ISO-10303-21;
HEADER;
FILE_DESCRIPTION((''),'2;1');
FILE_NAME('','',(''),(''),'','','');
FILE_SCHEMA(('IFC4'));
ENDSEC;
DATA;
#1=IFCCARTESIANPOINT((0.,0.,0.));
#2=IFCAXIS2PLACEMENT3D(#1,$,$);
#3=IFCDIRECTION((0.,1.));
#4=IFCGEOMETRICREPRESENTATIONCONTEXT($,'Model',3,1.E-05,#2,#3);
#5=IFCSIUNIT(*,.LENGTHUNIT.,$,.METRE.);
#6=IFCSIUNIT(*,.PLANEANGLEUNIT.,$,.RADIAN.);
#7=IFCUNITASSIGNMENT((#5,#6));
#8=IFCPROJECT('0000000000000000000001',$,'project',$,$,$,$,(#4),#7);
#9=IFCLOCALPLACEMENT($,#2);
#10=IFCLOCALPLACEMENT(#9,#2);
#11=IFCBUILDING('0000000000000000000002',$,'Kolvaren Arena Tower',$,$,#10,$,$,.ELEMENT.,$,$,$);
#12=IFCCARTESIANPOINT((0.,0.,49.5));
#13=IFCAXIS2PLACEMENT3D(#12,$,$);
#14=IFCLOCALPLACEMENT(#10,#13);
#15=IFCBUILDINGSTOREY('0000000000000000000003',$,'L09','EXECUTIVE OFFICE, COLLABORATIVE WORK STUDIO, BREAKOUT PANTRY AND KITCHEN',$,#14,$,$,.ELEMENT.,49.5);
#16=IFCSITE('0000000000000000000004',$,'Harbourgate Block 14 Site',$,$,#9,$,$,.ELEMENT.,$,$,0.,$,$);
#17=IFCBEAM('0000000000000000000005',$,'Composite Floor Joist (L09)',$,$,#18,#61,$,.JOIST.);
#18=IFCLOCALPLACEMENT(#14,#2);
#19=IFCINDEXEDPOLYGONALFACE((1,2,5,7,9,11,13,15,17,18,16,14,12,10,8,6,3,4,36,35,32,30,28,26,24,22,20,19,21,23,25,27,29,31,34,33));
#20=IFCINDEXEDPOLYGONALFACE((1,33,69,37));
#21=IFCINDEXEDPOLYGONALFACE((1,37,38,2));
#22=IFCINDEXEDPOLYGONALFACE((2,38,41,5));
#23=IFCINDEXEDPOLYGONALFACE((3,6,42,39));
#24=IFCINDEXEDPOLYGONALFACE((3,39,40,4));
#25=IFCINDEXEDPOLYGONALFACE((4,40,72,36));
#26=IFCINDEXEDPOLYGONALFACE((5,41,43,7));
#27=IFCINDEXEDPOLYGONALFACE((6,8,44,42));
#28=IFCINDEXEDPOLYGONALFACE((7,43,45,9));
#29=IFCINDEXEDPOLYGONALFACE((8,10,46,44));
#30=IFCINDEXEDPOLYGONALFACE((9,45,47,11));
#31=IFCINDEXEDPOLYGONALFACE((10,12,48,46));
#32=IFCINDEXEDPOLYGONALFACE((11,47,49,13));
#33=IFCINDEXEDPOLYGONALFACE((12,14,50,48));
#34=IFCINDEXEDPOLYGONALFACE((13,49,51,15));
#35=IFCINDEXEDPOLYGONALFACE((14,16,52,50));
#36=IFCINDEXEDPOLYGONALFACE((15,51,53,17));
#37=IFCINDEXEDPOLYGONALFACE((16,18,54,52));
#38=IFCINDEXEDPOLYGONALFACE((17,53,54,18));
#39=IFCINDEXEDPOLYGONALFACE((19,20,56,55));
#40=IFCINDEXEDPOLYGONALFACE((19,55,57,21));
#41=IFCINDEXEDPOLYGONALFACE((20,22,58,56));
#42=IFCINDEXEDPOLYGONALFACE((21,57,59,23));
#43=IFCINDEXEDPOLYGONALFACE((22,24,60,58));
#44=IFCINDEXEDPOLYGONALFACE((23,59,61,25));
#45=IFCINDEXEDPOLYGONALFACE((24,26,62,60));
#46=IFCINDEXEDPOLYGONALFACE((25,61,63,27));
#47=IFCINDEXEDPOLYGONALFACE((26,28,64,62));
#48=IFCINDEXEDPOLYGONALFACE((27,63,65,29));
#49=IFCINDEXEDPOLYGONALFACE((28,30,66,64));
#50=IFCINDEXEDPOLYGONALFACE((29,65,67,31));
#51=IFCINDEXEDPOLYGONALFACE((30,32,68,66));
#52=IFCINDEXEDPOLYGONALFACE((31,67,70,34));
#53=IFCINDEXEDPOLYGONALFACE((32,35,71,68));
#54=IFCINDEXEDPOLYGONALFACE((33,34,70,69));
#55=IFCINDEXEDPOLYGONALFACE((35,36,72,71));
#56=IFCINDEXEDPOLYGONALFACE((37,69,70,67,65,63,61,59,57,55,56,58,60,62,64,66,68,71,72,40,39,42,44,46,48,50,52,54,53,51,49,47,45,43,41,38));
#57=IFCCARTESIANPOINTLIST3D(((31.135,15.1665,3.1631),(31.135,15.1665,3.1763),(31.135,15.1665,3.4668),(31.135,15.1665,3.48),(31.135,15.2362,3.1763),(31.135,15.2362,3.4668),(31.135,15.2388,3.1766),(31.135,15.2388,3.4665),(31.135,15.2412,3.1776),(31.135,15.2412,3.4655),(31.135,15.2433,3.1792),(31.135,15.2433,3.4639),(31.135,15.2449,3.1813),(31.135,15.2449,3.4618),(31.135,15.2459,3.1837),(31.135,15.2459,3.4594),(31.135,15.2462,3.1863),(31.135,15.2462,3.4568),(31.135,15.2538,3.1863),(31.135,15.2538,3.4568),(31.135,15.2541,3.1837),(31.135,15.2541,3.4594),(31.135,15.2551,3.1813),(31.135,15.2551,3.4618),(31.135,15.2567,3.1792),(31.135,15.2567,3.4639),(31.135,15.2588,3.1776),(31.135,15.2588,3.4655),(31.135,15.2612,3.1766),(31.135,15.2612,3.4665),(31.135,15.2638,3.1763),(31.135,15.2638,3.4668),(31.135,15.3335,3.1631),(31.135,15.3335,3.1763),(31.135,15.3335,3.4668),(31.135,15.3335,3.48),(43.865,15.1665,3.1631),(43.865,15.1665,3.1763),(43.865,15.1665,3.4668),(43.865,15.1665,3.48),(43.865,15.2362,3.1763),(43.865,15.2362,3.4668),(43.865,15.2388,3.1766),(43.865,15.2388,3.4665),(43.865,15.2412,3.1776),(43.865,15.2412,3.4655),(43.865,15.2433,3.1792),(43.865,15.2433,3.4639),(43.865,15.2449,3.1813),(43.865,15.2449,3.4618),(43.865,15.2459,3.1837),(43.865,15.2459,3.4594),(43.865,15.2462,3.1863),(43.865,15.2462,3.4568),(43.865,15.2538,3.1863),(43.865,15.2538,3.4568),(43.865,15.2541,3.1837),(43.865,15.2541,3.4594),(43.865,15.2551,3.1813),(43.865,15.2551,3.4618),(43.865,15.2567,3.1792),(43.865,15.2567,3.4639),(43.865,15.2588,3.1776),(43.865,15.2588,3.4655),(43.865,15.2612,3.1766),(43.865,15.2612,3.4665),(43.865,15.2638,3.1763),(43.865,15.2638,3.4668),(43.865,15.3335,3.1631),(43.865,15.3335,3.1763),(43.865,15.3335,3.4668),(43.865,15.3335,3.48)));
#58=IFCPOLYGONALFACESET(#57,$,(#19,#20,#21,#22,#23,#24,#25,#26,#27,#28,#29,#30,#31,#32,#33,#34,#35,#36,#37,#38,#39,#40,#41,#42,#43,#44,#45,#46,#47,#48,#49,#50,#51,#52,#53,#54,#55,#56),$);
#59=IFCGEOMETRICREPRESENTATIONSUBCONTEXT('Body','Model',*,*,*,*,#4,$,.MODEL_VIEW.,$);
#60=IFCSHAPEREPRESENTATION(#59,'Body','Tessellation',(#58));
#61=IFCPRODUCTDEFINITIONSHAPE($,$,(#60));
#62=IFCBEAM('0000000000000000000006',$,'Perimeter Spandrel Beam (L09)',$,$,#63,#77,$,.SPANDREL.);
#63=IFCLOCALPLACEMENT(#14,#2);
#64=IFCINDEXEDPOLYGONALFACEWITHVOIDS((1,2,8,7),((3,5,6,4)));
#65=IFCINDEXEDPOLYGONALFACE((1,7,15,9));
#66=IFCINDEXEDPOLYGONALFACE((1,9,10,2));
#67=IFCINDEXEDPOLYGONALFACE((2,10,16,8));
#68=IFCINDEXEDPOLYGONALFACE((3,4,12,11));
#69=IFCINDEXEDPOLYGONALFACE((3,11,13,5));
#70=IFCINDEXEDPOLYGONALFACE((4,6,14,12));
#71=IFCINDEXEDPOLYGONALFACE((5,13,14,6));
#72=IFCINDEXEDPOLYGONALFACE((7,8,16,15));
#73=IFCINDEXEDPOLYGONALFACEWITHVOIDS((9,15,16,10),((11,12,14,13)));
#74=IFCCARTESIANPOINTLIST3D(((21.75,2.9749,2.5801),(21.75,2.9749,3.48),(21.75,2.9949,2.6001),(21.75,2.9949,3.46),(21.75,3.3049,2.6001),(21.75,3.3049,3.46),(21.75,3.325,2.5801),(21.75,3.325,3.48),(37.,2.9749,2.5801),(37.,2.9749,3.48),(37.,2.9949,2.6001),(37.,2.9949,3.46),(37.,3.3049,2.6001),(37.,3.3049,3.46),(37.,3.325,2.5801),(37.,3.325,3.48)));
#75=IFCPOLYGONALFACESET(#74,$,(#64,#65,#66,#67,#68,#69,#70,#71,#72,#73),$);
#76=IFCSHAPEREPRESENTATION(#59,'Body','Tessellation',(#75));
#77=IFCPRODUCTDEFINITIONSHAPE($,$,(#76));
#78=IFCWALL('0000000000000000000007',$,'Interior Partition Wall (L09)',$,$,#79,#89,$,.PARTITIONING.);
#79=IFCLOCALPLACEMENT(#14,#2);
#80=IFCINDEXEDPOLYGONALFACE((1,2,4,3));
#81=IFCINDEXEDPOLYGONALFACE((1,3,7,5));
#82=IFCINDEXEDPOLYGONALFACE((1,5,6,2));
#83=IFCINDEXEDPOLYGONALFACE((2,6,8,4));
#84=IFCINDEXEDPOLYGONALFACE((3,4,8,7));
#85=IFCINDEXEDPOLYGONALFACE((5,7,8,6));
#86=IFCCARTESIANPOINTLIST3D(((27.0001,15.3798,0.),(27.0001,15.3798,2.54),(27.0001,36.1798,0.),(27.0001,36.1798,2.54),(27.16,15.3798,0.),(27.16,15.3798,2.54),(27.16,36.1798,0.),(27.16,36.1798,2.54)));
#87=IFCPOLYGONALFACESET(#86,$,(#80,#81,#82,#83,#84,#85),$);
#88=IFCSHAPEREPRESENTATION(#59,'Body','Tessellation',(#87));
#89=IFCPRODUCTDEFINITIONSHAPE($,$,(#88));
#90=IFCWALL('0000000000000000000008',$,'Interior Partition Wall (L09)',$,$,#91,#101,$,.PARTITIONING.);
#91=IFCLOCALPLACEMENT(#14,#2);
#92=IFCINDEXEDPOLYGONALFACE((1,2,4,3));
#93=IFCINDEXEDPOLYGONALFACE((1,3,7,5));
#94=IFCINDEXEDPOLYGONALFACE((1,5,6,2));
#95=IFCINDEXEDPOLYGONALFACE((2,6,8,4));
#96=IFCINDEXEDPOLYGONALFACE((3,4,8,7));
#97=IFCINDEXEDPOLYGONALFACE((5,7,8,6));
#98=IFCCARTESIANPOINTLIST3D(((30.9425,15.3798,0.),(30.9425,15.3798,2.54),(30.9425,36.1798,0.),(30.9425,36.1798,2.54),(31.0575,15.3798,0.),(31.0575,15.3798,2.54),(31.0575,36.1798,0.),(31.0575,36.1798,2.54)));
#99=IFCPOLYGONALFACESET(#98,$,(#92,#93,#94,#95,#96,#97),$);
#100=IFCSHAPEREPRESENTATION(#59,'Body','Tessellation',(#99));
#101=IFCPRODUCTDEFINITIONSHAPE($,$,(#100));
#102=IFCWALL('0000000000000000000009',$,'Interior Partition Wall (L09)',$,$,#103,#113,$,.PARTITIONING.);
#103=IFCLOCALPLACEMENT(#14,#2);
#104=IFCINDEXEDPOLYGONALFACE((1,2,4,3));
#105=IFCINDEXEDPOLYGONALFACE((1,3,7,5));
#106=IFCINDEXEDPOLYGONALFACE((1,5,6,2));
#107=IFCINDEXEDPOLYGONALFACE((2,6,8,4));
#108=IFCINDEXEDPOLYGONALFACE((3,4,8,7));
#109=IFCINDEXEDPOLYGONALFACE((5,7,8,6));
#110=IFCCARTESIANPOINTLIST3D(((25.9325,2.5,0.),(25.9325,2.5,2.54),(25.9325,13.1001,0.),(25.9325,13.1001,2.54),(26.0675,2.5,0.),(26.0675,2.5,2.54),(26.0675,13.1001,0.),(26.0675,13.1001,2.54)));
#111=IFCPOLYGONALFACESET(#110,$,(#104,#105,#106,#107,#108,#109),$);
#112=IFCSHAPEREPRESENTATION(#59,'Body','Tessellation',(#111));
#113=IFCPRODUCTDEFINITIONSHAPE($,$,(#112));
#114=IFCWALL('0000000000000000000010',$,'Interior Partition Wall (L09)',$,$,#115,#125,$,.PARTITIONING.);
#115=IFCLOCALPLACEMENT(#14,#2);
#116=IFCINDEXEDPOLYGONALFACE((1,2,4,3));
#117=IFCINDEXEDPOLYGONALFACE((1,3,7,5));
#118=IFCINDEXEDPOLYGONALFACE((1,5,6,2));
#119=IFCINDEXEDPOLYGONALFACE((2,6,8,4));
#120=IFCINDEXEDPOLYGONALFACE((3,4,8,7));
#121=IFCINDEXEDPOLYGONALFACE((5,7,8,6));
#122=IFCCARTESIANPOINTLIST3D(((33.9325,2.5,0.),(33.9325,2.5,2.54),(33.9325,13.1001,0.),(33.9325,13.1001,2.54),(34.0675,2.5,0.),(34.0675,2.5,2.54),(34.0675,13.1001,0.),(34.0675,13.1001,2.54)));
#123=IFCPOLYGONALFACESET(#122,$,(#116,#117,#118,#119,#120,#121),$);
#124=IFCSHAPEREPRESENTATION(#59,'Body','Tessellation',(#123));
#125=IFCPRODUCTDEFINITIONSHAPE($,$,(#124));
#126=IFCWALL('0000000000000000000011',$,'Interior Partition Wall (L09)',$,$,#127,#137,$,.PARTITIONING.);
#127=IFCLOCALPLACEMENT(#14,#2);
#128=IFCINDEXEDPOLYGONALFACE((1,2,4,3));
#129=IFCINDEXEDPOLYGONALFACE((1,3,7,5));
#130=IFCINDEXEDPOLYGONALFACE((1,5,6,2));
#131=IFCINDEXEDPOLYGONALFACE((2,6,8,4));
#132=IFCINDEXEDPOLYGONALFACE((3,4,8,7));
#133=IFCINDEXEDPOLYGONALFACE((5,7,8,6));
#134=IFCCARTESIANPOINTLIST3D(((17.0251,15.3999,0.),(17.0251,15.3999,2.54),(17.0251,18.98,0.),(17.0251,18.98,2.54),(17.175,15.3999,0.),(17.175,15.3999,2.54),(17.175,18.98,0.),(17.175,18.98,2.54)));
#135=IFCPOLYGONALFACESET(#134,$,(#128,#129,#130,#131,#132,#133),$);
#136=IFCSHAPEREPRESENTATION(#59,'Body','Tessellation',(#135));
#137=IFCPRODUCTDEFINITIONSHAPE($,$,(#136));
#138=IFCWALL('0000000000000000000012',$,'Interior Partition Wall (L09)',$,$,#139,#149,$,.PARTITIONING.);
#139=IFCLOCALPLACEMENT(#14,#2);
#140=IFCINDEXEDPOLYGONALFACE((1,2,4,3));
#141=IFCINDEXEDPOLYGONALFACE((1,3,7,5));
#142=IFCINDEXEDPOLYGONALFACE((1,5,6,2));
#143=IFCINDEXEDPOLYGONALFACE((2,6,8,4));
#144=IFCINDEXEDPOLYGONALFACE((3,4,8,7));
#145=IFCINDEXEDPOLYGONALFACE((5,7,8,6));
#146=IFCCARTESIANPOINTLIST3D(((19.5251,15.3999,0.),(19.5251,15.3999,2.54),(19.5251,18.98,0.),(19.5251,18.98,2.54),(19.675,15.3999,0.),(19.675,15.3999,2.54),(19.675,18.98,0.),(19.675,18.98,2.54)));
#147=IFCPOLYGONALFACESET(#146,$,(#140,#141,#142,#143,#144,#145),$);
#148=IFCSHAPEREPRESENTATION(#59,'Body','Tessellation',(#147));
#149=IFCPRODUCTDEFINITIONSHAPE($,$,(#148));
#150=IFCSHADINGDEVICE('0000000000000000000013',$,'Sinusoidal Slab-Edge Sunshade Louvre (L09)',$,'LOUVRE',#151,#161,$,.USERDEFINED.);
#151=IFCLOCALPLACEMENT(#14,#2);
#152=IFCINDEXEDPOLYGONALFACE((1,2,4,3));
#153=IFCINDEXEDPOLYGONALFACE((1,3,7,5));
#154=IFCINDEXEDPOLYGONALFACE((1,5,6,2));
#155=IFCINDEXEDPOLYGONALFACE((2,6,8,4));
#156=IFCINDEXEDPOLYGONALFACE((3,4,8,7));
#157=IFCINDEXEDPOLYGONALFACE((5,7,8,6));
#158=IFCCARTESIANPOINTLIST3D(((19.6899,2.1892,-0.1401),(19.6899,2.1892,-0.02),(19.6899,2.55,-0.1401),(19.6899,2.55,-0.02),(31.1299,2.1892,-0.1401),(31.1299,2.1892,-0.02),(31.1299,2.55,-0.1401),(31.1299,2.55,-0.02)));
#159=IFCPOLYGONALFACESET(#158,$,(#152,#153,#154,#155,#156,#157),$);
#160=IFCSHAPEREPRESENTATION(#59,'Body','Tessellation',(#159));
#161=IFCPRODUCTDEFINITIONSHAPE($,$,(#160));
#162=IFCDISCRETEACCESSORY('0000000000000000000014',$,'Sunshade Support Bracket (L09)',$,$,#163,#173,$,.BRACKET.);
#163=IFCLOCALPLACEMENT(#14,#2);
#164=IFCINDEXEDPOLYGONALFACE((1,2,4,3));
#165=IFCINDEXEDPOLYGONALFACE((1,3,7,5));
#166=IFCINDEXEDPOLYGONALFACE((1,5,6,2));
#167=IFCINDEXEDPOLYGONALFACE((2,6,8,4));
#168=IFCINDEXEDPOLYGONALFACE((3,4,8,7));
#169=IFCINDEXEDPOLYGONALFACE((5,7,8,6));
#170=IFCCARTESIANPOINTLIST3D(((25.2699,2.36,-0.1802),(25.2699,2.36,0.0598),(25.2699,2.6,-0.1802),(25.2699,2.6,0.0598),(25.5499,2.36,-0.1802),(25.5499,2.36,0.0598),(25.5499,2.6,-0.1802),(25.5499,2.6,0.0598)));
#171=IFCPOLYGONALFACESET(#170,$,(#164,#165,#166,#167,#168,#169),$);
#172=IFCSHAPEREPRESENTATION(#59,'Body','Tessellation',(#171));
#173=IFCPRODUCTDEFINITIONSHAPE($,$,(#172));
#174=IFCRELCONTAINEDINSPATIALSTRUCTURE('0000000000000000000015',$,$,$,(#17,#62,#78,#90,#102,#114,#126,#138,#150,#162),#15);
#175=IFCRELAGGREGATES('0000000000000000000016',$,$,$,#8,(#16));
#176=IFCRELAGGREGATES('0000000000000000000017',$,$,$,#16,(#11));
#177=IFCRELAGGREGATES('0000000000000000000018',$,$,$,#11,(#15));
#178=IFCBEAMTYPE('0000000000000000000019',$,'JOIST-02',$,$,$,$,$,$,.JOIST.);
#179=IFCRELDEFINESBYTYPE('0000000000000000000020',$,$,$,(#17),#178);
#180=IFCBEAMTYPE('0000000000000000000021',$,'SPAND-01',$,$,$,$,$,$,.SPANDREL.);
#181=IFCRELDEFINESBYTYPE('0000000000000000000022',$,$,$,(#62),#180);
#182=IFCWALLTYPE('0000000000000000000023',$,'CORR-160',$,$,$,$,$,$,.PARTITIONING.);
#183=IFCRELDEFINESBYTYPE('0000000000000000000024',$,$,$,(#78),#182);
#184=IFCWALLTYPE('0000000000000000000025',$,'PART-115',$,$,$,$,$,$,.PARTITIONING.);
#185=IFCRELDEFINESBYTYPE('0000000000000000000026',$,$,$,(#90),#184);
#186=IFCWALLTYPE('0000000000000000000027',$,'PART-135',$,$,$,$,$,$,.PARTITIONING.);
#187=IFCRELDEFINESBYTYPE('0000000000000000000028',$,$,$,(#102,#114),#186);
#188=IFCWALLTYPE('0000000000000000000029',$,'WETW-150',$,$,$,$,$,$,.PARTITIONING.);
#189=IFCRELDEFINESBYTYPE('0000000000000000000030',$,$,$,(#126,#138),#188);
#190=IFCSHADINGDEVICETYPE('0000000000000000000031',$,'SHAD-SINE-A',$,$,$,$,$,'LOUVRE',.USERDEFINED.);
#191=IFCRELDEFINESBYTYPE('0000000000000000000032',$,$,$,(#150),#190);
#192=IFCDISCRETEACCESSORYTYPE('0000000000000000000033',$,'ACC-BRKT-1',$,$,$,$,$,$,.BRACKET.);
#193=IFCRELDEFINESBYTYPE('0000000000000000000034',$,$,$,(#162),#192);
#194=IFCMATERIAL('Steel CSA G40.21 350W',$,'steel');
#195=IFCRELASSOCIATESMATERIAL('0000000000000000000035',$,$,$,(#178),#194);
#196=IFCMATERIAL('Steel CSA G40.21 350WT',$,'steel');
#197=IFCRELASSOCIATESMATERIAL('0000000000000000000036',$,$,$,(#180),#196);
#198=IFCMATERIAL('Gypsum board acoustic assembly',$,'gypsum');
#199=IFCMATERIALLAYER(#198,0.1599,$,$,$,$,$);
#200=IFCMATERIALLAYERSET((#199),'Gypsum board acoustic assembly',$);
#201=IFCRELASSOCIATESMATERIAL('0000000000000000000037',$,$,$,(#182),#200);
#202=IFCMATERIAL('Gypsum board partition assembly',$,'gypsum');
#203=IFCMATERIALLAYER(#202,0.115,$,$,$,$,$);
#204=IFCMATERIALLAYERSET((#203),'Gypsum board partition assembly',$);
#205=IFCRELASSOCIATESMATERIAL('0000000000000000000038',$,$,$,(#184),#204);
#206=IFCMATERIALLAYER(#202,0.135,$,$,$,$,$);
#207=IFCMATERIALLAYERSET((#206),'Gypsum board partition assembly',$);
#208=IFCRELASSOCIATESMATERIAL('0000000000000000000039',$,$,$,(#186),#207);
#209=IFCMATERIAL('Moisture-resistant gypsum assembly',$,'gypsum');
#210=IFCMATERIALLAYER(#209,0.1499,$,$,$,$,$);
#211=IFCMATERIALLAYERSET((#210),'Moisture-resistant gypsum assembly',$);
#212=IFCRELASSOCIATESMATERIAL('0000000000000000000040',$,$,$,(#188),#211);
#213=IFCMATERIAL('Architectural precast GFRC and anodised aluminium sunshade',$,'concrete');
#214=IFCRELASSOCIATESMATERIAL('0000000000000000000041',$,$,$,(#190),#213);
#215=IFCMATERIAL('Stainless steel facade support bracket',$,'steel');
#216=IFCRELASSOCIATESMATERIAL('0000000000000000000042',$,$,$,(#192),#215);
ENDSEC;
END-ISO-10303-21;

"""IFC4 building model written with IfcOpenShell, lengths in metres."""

from ifc_helpers import new_model, si_unit, direction, frame, frame_2d, origin, origin_2d, place, context, subcontext, project, spatial, rectangle, hollow_rectangle, i_section, extrude, material, layer, layer_set, material_profile, profile_set, type_object, element, save


model = new_model("IFC4")

# Units and contexts
model_context = context("Model", 3, precision=1e-05, world=origin(), true_north=direction((0.0, 1.0)))
body_context = subcontext(model_context, "Body", "Model", "MODEL_VIEW")
ifc_project = project(units=[si_unit("LENGTHUNIT", "METRE"), si_unit("PLANEANGLEUNIT", "RADIAN")], contexts=[model_context])

# Site, building, storey
site_placement = place(None, origin())
site = spatial("IfcSite", under=ifc_project, at=site_placement, Name="Harbourgate Block 14 Site", CompositionType="ELEMENT", RefElevation=0.0)
building_placement = place(site_placement, origin())
building = spatial("IfcBuilding", under=site, at=building_placement, Name="Kolvaren Arena Tower", CompositionType="ELEMENT")
storey_placement = place(building_placement, frame((0.0, 0.0, 49.5)))
storey = spatial("IfcBuildingStorey", under=building, at=storey_placement, Name="L09", Description="EXECUTIVE OFFICE, COLLABORATIVE WORK STUDIO, BREAKOUT PANTRY AND KITCHEN", CompositionType="ELEMENT", Elevation=49.5)

# Beams
ifc_material_1 = material(Name="Steel CSA G40.21 350W", Category="steel")
ifc_material_profile_1 = material_profile(ifc_material_1, i_section(OverallWidth=0.167, OverallDepth=0.3169, WebThickness=0.0076, FlangeThickness=0.0132, FilletRadius=0.01, at=origin_2d()), Name="W310x52")
ifc_profile_set_1 = profile_set([ifc_material_profile_1], Name="Steel CSA G40.21 350W")
beam_type_1 = type_object("IfcBeamType", Name="JOIST-02", PredefinedType="JOIST", material=ifc_profile_set_1)
beam_1_placement = place(storey_placement, frame((31.135, 15.25, 3.3215), z_axis=(1.0, 0.0, 0.0), x_axis=(0.0, 1.0, 0.0)))
element("IfcBeam", 1, at=beam_1_placement, inside=storey, type_object=beam_type_1, Name="Composite Floor Joist (L09)", PredefinedType="JOIST", context=body_context, shape_type="SweptSolid", body=[
    extrude(i_section(OverallWidth=0.167, OverallDepth=0.3169, WebThickness=0.0076, FlangeThickness=0.0132, FilletRadius=0.01, at=origin_2d()), origin(), (0.0, 0.0, 1.0), 12.73),
])
ifc_material_2 = material(Name="Steel CSA G40.21 350WT", Category="steel")
ifc_material_profile_2 = material_profile(ifc_material_2, hollow_rectangle(XDim=0.3501, YDim=0.8999, WallThickness=0.02, at=origin_2d()), Name="HSS 900x350x20")
ifc_profile_set_2 = profile_set([ifc_material_profile_2], Name="Steel CSA G40.21 350WT")
beam_type_2 = type_object("IfcBeamType", Name="SPAND-01", PredefinedType="SPANDREL", material=ifc_profile_set_2)
beam_2_placement = place(storey_placement, frame((21.75, 3.1499, 3.03), z_axis=(1.0, 0.0, 0.0), x_axis=(0.0, 1.0, 0.0)))
element("IfcBeam", 2, at=beam_2_placement, inside=storey, type_object=beam_type_2, Name="Perimeter Spandrel Beam (L09)", PredefinedType="SPANDREL", context=body_context, shape_type="SweptSolid", body=[
    extrude(hollow_rectangle(XDim=0.3501, YDim=0.8999, WallThickness=0.02, at=origin_2d()), origin(), (0.0, 0.0, 1.0), 15.25),
])

# Shared definitions
ifc_material_3 = material(Name="Gypsum board acoustic assembly", Category="gypsum")
ifc_layer_1 = layer(ifc_material_3, 0.1599)
ifc_layer_set_1 = layer_set([ifc_layer_1], Name="Gypsum board acoustic assembly")
wall_type_1 = type_object("IfcWallType", Name="CORR-160", PredefinedType="PARTITIONING", material=ifc_layer_set_1)

# Walls
wall_1_placement = place(storey_placement, frame((27.0801, 15.3799, 0.0), z_axis=(0.0, 0.0, 1.0), x_axis=(0.0, 1.0, 0.0)))
element("IfcWall", 3, at=wall_1_placement, inside=storey, type_object=wall_type_1, Name="Interior Partition Wall (L09)", PredefinedType="PARTITIONING", context=body_context, shape_type="SweptSolid", body=[
    extrude(rectangle(XDim=20.8, YDim=0.1599, at=frame_2d((10.3999, 0.0))), origin(), (0.0, 0.0, 1.0), 2.54),
])
ifc_material_4 = material(Name="Gypsum board partition assembly", Category="gypsum")
ifc_layer_2 = layer(ifc_material_4, 0.115)
ifc_layer_set_2 = layer_set([ifc_layer_2], Name="Gypsum board partition assembly")
wall_type_2 = type_object("IfcWallType", Name="PART-115", PredefinedType="PARTITIONING", material=ifc_layer_set_2)
wall_2_placement = place(storey_placement, frame((31.0, 15.3799, 0.0), z_axis=(0.0, 0.0, 1.0), x_axis=(0.0, 1.0, 0.0)))
element("IfcWall", 4, at=wall_2_placement, inside=storey, type_object=wall_type_2, Name="Interior Partition Wall (L09)", PredefinedType="PARTITIONING", context=body_context, shape_type="SweptSolid", body=[
    extrude(rectangle(XDim=20.8, YDim=0.115, at=frame_2d((10.3999, 0.0))), origin(), (0.0, 0.0, 1.0), 2.54),
])
ifc_layer_3 = layer(ifc_material_4, 0.135)
ifc_layer_set_3 = layer_set([ifc_layer_3], Name="Gypsum board partition assembly")
wall_type_3 = type_object("IfcWallType", Name="PART-135", PredefinedType="PARTITIONING", material=ifc_layer_set_3)
for number, where, z_axis, x_axis, name in (
    (5, (26.0, 2.5, 0.0), (0.0, 0.0, 1.0), (0.0, 1.0, 0.0), "Interior Partition Wall (L09)"),
    (6, (34.0, 2.5, 0.0), (0.0, 0.0, 1.0), (0.0, 1.0, 0.0), "Interior Partition Wall (L09)"),
):
    element("IfcWall", number, at=place(storey_placement, frame(where, z_axis=z_axis, x_axis=x_axis)), inside=storey, type_object=wall_type_3, Name=name, PredefinedType="PARTITIONING", context=body_context, shape_type="SweptSolid", body=[
        extrude(rectangle(XDim=10.6001, YDim=0.135, at=frame_2d((5.3, 0.0))), origin(), (0.0, 0.0, 1.0), 2.54),
    ])
ifc_material_5 = material(Name="Moisture-resistant gypsum assembly", Category="gypsum")
ifc_layer_4 = layer(ifc_material_5, 0.1499)
ifc_layer_set_4 = layer_set([ifc_layer_4], Name="Moisture-resistant gypsum assembly")
wall_type_4 = type_object("IfcWallType", Name="WETW-150", PredefinedType="PARTITIONING", material=ifc_layer_set_4)
for number, where, z_axis, x_axis, name in (
    (7, (17.1001, 15.3999, 0.0), (0.0, 0.0, 1.0), (0.0, 1.0, 0.0), "Interior Partition Wall (L09)"),
    (8, (19.6001, 15.3999, 0.0), (0.0, 0.0, 1.0), (0.0, 1.0, 0.0), "Interior Partition Wall (L09)"),
):
    element("IfcWall", number, at=place(storey_placement, frame(where, z_axis=z_axis, x_axis=x_axis)), inside=storey, type_object=wall_type_4, Name=name, PredefinedType="PARTITIONING", context=body_context, shape_type="SweptSolid", body=[
        extrude(rectangle(XDim=3.5801, YDim=0.1499, at=frame_2d((1.79, 0.0))), origin(), (0.0, 0.0, 1.0), 2.54),
    ])

# Shading device
ifc_material_6 = material(Name="Architectural precast GFRC and anodised aluminium sunshade", Category="concrete")
shading_device_type = type_object("IfcShadingDeviceType", Name="SHAD-SINE-A", ElementType="LOUVRE", PredefinedType="USERDEFINED", material=ifc_material_6)
shading_device_placement = place(storey_placement, frame((25.4099, 2.3696, -0.1401), z_axis=(0.0, 0.0, 1.0), x_axis=(-1.0, 0.0, 0.0)))
element("IfcShadingDevice", 9, at=shading_device_placement, inside=storey, type_object=shading_device_type, Name="Sinusoidal Slab-Edge Sunshade Louvre (L09)", ObjectType="LOUVRE", PredefinedType="USERDEFINED", context=body_context, shape_type="SweptSolid", body=[
    extrude(rectangle(XDim=11.4399, YDim=0.3608, at=origin_2d()), origin(), (0.0, 0.0, 1.0), 0.1201),
])

# Discrete accessory
ifc_material_7 = material(Name="Stainless steel facade support bracket", Category="steel")
discrete_accessory_type = type_object("IfcDiscreteAccessoryType", Name="ACC-BRKT-1", PredefinedType="BRACKET", material=ifc_material_7)
discrete_accessory_placement = place(storey_placement, frame((25.4099, 2.48, -0.1802), z_axis=(0.0, 0.0, 1.0), x_axis=(-1.0, 0.0, 0.0)))
element("IfcDiscreteAccessory", 10, at=discrete_accessory_placement, inside=storey, type_object=discrete_accessory_type, Name="Sunshade Support Bracket (L09)", PredefinedType="BRACKET", context=body_context, shape_type="SweptSolid", body=[
    extrude(rectangle(XDim=0.28, YDim=0.24, at=origin_2d()), origin(), (0.0, 0.0, 1.0), 0.24),
])

save(model, "model.ifc")
